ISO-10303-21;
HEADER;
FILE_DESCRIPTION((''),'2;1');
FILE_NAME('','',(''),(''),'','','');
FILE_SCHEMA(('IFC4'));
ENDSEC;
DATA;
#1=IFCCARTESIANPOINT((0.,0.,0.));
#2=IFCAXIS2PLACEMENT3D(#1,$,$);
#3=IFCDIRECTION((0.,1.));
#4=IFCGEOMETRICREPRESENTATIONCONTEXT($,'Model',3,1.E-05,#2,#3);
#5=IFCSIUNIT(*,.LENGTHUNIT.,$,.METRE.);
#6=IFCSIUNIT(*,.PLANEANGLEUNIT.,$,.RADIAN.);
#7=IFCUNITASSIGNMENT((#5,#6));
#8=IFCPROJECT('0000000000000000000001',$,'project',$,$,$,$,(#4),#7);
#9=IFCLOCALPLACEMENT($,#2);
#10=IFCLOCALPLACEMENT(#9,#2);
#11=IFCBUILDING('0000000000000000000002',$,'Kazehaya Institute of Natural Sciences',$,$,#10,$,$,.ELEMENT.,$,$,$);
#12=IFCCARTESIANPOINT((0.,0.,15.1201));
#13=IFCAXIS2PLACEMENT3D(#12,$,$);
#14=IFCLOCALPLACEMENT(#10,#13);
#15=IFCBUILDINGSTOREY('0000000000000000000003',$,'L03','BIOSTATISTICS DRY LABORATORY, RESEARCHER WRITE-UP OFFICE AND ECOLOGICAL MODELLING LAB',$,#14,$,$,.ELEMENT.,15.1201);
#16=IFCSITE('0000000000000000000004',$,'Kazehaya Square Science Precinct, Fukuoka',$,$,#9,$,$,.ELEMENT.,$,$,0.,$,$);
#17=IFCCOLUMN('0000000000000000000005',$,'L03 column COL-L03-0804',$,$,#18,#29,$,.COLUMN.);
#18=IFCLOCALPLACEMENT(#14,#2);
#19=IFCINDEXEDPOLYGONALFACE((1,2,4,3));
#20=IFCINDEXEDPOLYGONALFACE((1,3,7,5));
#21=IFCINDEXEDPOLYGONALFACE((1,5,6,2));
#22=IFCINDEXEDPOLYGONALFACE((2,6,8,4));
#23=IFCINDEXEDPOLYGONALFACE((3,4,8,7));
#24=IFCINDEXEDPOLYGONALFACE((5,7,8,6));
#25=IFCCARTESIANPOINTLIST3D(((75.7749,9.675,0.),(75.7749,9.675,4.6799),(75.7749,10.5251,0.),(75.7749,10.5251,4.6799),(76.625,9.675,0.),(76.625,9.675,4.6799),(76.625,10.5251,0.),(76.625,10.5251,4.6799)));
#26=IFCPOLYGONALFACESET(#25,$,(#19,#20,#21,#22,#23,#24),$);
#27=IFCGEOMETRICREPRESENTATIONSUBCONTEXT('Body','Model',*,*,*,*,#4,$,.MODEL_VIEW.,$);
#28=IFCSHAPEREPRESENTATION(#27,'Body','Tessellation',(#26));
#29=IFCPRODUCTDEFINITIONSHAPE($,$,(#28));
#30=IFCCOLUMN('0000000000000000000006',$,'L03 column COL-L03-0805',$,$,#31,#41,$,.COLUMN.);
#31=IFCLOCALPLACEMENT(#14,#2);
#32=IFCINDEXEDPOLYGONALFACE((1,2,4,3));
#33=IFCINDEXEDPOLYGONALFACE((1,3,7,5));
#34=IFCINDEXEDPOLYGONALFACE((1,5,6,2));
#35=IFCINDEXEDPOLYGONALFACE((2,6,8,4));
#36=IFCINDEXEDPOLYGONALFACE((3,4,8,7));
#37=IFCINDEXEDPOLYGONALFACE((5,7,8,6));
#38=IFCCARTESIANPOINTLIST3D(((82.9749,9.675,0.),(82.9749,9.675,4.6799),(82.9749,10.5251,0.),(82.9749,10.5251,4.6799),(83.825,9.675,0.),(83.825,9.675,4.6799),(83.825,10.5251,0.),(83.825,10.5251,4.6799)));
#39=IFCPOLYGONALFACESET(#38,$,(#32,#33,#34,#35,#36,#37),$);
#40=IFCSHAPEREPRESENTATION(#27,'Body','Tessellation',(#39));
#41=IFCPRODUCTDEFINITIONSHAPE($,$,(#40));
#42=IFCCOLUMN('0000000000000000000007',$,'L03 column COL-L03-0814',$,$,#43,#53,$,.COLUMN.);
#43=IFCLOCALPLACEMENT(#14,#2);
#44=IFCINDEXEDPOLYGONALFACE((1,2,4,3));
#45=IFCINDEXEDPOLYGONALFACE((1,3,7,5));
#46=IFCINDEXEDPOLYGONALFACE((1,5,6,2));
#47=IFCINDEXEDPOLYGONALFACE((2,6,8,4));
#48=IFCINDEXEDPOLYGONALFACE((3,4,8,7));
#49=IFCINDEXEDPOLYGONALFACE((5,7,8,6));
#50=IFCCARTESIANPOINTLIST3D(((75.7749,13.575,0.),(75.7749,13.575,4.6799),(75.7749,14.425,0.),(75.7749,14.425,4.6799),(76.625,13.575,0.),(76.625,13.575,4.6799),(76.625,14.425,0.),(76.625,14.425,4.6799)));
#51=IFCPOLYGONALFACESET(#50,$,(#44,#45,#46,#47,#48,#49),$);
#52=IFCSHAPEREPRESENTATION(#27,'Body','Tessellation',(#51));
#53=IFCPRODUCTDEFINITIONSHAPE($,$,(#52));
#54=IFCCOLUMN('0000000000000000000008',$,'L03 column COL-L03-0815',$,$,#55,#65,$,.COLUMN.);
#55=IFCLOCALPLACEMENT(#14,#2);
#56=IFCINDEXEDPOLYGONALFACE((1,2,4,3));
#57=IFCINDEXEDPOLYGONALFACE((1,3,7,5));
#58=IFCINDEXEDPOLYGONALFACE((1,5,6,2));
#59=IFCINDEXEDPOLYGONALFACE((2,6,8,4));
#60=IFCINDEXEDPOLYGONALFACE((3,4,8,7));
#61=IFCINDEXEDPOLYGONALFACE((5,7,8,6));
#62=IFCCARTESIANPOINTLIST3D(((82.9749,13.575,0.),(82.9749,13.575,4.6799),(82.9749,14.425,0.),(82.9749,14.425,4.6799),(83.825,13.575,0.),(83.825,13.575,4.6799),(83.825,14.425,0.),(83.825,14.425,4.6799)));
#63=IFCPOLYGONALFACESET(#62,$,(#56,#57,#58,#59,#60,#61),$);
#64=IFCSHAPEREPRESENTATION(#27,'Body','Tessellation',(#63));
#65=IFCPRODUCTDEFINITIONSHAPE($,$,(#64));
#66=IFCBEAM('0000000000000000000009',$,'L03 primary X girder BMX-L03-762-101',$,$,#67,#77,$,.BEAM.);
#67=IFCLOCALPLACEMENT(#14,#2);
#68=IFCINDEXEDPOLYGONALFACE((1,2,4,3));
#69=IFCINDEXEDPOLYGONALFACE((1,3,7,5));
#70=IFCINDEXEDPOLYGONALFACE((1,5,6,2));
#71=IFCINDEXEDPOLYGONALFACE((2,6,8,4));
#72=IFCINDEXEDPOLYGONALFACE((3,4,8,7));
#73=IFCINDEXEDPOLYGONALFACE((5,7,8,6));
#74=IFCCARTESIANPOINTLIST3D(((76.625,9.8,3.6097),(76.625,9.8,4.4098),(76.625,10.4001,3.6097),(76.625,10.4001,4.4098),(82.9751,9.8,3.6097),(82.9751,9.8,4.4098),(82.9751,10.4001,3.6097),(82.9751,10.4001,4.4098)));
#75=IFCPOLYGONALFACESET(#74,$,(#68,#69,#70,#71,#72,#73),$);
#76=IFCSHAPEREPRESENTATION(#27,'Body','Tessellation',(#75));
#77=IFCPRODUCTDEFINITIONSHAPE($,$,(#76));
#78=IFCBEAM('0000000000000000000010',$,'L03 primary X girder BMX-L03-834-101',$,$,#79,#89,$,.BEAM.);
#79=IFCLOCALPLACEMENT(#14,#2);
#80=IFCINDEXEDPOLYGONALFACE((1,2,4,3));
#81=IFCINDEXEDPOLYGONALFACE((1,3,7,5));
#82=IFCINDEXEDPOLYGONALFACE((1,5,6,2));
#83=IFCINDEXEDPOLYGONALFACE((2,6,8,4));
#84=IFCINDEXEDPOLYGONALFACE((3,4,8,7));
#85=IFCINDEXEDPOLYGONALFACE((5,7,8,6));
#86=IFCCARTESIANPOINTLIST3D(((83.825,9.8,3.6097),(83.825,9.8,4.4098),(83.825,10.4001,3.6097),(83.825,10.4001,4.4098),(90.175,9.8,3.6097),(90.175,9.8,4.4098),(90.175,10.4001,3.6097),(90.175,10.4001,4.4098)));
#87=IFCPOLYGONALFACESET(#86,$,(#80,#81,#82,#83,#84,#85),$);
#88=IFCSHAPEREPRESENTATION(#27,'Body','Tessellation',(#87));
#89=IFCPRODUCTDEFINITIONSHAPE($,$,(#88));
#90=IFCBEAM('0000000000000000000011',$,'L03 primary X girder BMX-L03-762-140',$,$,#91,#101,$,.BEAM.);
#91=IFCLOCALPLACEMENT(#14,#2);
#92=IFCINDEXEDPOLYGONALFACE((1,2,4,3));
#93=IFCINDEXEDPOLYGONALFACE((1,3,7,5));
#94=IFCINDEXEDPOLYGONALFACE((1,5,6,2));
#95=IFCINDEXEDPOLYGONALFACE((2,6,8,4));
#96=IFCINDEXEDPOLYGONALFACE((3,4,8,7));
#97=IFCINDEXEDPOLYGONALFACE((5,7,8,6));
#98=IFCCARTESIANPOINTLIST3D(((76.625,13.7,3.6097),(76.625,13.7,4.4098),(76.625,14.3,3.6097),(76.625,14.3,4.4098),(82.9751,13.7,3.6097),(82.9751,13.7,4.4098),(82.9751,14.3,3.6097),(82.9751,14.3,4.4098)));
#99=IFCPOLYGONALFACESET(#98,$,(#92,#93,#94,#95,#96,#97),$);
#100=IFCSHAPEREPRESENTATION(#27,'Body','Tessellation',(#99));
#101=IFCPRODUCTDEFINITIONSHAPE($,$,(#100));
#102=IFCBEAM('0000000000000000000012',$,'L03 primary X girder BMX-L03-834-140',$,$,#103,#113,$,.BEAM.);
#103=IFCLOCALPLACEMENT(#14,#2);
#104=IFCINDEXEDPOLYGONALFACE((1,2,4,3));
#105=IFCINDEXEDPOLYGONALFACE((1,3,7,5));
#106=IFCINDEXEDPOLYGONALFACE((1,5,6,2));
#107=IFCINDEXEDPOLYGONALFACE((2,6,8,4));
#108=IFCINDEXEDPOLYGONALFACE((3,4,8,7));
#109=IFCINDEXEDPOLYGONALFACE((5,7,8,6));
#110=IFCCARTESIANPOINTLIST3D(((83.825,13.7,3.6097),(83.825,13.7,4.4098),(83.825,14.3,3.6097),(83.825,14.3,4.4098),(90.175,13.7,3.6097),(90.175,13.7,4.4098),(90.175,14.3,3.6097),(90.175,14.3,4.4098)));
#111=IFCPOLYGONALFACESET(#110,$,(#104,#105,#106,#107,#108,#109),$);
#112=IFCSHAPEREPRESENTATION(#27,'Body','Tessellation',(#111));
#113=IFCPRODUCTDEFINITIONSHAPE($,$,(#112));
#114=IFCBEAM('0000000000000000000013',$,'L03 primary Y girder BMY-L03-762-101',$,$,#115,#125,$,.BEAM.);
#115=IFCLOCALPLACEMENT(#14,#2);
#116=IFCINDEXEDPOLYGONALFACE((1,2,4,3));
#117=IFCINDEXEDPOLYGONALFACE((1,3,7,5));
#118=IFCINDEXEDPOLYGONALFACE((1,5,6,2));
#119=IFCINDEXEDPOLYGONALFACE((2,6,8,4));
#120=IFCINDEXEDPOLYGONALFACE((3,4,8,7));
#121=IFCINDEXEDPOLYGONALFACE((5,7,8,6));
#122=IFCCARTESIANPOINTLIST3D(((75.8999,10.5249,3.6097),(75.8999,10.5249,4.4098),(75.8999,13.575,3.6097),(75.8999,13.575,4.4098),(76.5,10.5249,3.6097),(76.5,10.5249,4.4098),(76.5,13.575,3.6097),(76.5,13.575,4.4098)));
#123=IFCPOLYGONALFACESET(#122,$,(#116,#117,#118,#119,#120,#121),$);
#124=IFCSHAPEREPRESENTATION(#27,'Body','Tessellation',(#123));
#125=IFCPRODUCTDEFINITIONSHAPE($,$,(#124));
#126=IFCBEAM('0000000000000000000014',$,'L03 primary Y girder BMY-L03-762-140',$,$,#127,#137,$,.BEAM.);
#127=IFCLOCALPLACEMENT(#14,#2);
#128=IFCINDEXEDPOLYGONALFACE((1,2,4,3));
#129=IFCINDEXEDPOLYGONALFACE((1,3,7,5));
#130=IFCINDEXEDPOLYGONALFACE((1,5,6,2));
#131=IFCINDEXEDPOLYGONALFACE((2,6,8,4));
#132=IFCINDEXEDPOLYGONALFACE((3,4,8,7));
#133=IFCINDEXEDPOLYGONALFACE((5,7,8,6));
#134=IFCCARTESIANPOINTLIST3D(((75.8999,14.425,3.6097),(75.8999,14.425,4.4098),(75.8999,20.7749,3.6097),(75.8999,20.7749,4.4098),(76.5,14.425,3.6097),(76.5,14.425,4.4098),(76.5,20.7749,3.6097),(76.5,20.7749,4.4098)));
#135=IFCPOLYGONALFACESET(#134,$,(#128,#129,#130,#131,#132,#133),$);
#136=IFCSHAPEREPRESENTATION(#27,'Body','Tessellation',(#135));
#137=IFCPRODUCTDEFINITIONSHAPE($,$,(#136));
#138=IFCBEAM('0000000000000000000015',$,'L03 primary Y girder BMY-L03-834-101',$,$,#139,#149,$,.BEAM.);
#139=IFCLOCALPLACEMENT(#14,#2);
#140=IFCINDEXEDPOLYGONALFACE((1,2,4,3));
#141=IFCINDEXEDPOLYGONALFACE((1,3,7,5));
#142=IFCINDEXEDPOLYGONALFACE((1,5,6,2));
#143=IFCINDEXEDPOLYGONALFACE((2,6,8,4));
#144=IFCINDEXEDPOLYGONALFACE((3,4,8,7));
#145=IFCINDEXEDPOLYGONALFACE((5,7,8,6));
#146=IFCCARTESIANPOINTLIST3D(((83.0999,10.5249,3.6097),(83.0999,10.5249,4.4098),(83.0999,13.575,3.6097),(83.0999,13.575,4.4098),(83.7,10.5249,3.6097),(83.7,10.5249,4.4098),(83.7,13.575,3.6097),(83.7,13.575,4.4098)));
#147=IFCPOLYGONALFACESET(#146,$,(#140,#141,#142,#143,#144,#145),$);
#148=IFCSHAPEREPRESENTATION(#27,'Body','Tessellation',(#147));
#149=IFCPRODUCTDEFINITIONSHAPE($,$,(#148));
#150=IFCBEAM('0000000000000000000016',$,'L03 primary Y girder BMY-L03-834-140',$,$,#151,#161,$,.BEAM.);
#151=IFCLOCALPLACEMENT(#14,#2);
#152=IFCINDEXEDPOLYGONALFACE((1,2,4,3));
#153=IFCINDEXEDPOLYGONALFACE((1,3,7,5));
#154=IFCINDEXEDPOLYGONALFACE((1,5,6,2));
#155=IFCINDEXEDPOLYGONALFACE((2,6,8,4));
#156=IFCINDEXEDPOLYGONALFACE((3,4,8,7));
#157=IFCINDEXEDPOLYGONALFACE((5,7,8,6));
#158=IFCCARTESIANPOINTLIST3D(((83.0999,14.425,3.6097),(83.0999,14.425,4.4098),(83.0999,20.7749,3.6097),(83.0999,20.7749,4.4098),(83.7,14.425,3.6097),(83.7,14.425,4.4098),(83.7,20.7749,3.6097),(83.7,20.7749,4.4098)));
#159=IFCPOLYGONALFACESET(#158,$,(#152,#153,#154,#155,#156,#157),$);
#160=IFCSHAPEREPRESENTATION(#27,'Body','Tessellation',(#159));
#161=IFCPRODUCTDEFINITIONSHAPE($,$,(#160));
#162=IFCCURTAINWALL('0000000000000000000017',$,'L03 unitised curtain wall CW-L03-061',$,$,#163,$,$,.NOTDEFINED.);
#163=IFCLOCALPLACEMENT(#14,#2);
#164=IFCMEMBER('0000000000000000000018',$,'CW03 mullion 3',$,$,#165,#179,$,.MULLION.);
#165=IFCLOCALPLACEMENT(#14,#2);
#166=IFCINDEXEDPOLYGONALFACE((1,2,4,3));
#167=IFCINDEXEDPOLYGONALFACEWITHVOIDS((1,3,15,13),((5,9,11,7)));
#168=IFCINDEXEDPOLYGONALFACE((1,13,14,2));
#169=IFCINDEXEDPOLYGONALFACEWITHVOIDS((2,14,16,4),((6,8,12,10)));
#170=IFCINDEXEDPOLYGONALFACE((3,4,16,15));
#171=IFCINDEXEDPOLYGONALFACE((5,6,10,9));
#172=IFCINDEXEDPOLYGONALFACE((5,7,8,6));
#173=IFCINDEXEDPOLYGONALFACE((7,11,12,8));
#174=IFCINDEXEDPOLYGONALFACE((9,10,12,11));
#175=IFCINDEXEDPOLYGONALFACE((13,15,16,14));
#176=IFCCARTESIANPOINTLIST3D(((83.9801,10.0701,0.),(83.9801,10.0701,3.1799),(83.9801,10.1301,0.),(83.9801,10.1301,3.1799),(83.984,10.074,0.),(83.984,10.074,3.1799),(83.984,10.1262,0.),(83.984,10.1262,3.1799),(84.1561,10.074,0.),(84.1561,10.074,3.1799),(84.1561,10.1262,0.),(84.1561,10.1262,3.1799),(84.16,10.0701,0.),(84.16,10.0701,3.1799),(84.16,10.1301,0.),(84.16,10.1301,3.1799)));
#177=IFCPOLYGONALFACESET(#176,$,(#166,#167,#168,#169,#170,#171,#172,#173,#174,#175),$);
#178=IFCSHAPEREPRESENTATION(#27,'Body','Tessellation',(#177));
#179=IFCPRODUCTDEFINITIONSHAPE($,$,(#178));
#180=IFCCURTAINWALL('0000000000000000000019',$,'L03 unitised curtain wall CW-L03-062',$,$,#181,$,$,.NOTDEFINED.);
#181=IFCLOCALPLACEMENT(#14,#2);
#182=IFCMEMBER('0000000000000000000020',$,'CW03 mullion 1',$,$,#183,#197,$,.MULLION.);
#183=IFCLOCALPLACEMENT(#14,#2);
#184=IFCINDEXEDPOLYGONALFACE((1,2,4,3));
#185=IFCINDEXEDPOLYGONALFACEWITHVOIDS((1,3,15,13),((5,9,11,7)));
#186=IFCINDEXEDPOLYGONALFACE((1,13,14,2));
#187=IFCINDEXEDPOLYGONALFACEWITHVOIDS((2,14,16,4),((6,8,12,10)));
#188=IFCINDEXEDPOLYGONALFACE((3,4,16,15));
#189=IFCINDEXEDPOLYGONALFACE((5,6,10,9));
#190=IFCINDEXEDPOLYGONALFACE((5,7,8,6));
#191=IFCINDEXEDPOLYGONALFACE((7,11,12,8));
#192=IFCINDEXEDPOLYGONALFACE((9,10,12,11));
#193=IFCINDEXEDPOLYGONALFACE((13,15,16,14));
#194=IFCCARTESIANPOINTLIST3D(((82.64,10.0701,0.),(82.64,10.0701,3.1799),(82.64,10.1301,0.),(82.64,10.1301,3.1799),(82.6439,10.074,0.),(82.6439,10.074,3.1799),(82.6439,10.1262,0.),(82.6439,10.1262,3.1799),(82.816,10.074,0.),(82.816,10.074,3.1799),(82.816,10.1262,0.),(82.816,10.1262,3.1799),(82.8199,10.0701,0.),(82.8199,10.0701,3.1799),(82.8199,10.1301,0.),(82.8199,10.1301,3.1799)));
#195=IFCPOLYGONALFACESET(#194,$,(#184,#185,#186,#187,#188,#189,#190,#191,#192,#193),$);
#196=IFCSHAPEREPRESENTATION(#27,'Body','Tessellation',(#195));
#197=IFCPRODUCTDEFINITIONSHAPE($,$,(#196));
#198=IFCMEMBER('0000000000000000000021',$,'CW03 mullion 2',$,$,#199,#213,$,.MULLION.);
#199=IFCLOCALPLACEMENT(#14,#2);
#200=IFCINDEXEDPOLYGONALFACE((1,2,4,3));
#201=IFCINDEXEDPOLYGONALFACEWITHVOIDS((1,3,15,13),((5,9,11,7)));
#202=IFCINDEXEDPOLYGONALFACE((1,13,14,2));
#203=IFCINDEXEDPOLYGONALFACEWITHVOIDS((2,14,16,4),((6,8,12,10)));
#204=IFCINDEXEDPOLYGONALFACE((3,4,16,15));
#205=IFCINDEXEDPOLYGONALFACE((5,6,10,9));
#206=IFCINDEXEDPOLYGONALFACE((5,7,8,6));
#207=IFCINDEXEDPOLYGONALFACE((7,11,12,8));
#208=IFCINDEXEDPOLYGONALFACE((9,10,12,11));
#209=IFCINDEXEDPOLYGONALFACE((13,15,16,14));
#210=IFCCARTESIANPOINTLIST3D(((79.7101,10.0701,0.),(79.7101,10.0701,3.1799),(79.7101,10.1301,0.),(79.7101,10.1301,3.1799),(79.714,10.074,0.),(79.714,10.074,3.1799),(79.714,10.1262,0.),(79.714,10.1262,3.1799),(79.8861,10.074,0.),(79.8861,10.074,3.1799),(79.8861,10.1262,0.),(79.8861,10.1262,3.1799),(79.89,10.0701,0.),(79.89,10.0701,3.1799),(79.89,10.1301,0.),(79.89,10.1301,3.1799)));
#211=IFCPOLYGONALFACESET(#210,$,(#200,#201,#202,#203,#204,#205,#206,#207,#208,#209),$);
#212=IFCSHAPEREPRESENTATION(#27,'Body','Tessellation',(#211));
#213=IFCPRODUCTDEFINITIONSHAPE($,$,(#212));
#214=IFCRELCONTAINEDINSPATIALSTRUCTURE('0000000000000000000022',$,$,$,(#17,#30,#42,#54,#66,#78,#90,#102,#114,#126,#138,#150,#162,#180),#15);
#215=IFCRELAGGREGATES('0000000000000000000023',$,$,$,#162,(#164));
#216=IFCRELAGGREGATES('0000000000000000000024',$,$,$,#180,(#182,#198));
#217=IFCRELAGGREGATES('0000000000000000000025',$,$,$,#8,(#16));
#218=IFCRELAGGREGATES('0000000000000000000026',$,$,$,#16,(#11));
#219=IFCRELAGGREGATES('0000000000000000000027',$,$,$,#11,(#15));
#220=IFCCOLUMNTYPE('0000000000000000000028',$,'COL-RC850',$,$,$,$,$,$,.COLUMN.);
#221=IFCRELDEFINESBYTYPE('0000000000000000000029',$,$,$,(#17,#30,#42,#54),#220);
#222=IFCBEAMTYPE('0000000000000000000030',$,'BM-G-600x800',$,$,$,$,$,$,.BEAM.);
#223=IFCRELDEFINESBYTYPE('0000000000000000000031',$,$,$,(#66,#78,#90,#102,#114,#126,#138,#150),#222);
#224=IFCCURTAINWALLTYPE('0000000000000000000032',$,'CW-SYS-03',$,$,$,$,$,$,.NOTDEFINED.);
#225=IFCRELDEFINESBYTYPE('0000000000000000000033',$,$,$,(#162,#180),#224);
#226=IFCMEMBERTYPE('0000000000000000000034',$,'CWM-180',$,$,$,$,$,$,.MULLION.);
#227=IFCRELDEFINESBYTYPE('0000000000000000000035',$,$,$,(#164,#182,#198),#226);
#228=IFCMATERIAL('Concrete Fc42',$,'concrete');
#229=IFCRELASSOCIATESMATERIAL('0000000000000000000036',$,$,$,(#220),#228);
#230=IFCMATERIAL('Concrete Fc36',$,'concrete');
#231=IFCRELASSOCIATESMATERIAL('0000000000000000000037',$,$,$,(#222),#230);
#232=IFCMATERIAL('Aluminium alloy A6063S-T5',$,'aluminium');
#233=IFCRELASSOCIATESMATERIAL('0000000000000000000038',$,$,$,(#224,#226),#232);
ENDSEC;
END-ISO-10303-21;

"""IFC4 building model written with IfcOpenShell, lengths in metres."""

from ifc_helpers import new_model, si_unit, direction, frame, origin, origin_2d, place, context, subcontext, project, spatial, rectangle, hollow_rectangle, extrude, material, material_profile, profile_set, type_object, element, aggregate, save


model = new_model("IFC4")

# Units and contexts
model_context = context("Model", 3, precision=1e-05, world=origin(), true_north=direction((0.0, 1.0)))
body_context = subcontext(model_context, "Body", "Model", "MODEL_VIEW")
ifc_project = project(units=[si_unit("LENGTHUNIT", "METRE"), si_unit("PLANEANGLEUNIT", "RADIAN")], contexts=[model_context])

# Site, building, storey
site_placement = place(None, origin())
site = spatial("IfcSite", under=ifc_project, at=site_placement, Name="Kazehaya Square Science Precinct, Fukuoka", CompositionType="ELEMENT", RefElevation=0.0)
building_placement = place(site_placement, origin())
building = spatial("IfcBuilding", under=site, at=building_placement, Name="Kazehaya Institute of Natural Sciences", CompositionType="ELEMENT")
storey_placement = place(building_placement, frame((0.0, 0.0, 15.1201)))
storey = spatial("IfcBuildingStorey", under=building, at=storey_placement, Name="L03", Description="BIOSTATISTICS DRY LABORATORY, RESEARCHER WRITE-UP OFFICE AND ECOLOGICAL MODELLING LAB", CompositionType="ELEMENT", Elevation=15.1201)

# Columns
ifc_material_1 = material(Name="Concrete Fc42", Category="concrete")
ifc_material_profile_1 = material_profile(ifc_material_1, rectangle(XDim=0.8501, YDim=0.8501, at=origin_2d()), Name="RC-850x850")
ifc_profile_set_1 = profile_set([ifc_material_profile_1], Name="Concrete Fc42")
column_type = type_object("IfcColumnType", Name="COL-RC850", PredefinedType="COLUMN", material=ifc_profile_set_1)
for number, where, z_axis, x_axis, name in (
    (1, (76.2, 10.1001, 0.0), (0.0, 0.0, 1.0), (1.0, 0.0, 0.0), "L03 column COL-L03-0804"),
    (2, (83.3999, 10.1001, 0.0), (0.0, 0.0, 1.0), (1.0, 0.0, 0.0), "L03 column COL-L03-0805"),
    (3, (76.2, 14.0, 0.0), (0.0, 0.0, 1.0), (1.0, 0.0, 0.0), "L03 column COL-L03-0814"),
    (4, (83.3999, 14.0, 0.0), (0.0, 0.0, 1.0), (1.0, 0.0, 0.0), "L03 column COL-L03-0815"),
):
    element("IfcColumn", number, at=place(storey_placement, frame(where, z_axis=z_axis, x_axis=x_axis)), inside=storey, type_object=column_type, Name=name, PredefinedType="COLUMN", context=body_context, shape_type="SweptSolid", body=[
        extrude(rectangle(XDim=0.8501, YDim=0.8501, at=origin_2d()), origin(), (0.0, 0.0, 1.0), 4.6799),
    ])

# Beams
ifc_material_2 = material(Name="Concrete Fc36", Category="concrete")
ifc_material_profile_2 = material_profile(ifc_material_2, rectangle(XDim=0.6001, YDim=0.8, at=origin_2d()), Name="RC-600x800")
ifc_profile_set_2 = profile_set([ifc_material_profile_2], Name="Concrete Fc36")
beam_type = type_object("IfcBeamType", Name="BM-G-600x800", PredefinedType="BEAM", material=ifc_profile_set_2)
for number, where, z_axis, x_axis, name in (
    (5, (76.625, 10.1001, 4.0098), (1.0, 0.0, 0.0), (0.0, 1.0, 0.0), "L03 primary X girder BMX-L03-762-101"),
    (6, (83.825, 10.1001, 4.0098), (1.0, 0.0, 0.0), (0.0, 1.0, 0.0), "L03 primary X girder BMX-L03-834-101"),
    (7, (76.625, 14.0, 4.0098), (1.0, 0.0, 0.0), (0.0, 1.0, 0.0), "L03 primary X girder BMX-L03-762-140"),
    (8, (83.825, 14.0, 4.0098), (1.0, 0.0, 0.0), (0.0, 1.0, 0.0), "L03 primary X girder BMX-L03-834-140"),
):
    element("IfcBeam", number, at=place(storey_placement, frame(where, z_axis=z_axis, x_axis=x_axis)), inside=storey, type_object=beam_type, Name=name, PredefinedType="BEAM", context=body_context, shape_type="SweptSolid", body=[
        extrude(rectangle(XDim=0.6001, YDim=0.8, at=origin_2d()), origin(), (0.0, 0.0, 1.0), 6.3501),
    ])
beam_1_placement = place(storey_placement, frame((76.2, 10.5249, 4.0098), z_axis=(0.0, 1.0, 0.0), x_axis=(-1.0, 0.0, 0.0)))
element("IfcBeam", 9, at=beam_1_placement, inside=storey, type_object=beam_type, Name="L03 primary Y girder BMY-L03-762-101", PredefinedType="BEAM", context=body_context, shape_type="SweptSolid", body=[
    extrude(rectangle(XDim=0.6001, YDim=0.8, at=origin_2d()), origin(), (0.0, 0.0, 1.0), 3.05),
])
beam_2_placement = place(storey_placement, frame((76.2, 14.425, 4.0098), z_axis=(0.0, 1.0, 0.0), x_axis=(-1.0, 0.0, 0.0)))
element("IfcBeam", 10, at=beam_2_placement, inside=storey, type_object=beam_type, Name="L03 primary Y girder BMY-L03-762-140", PredefinedType="BEAM", context=body_context, shape_type="SweptSolid", body=[
    extrude(rectangle(XDim=0.6001, YDim=0.8, at=origin_2d()), origin(), (0.0, 0.0, 1.0), 6.3499),
])
beam_3_placement = place(storey_placement, frame((83.3999, 10.5249, 4.0098), z_axis=(0.0, 1.0, 0.0), x_axis=(-1.0, 0.0, 0.0)))
element("IfcBeam", 11, at=beam_3_placement, inside=storey, type_object=beam_type, Name="L03 primary Y girder BMY-L03-834-101", PredefinedType="BEAM", context=body_context, shape_type="SweptSolid", body=[
    extrude(rectangle(XDim=0.6001, YDim=0.8, at=origin_2d()), origin(), (0.0, 0.0, 1.0), 3.05),
])
beam_4_placement = place(storey_placement, frame((83.3999, 14.425, 4.0098), z_axis=(0.0, 1.0, 0.0), x_axis=(-1.0, 0.0, 0.0)))
element("IfcBeam", 12, at=beam_4_placement, inside=storey, type_object=beam_type, Name="L03 primary Y girder BMY-L03-834-140", PredefinedType="BEAM", context=body_context, shape_type="SweptSolid", body=[
    extrude(rectangle(XDim=0.6001, YDim=0.8, at=origin_2d()), origin(), (0.0, 0.0, 1.0), 6.3499),
])

# Curtain wall, member
ifc_material_3 = material(Name="Aluminium alloy A6063S-T5", Category="aluminium")
curtain_wall_type = type_object("IfcCurtainWallType", Name="CW-SYS-03", PredefinedType="NOTDEFINED", material=ifc_material_3)
curtain_wall_1_placement = place(storey_placement, origin())
curtain_wall_1 = element("IfcCurtainWall", 13, at=curtain_wall_1_placement, inside=storey, type_object=curtain_wall_type, Name="L03 unitised curtain wall CW-L03-061", PredefinedType="NOTDEFINED")
ifc_material_profile_3 = material_profile(ifc_material_3, hollow_rectangle(XDim=0.0601, YDim=0.1799, WallThickness=0.0039, at=origin_2d()), Name="ALU-60x180x4")
ifc_profile_set_3 = profile_set([ifc_material_profile_3], Name="Aluminium alloy A6063S-T5")
member_type_1 = type_object("IfcMemberType", Name="CWM-180", PredefinedType="MULLION", material=ifc_profile_set_3)
member_1_placement = place(storey_placement, frame((84.0701, 10.1001, 0.0), z_axis=(0.0, 0.0, 1.0), x_axis=(0.0, -1.0, 0.0)))
member_1 = element("IfcMember", 14, at=member_1_placement, type_object=member_type_1, Name="CW03 mullion 3", PredefinedType="MULLION", context=body_context, shape_type="SweptSolid", body=[
    extrude(hollow_rectangle(XDim=0.0601, YDim=0.1799, WallThickness=0.0039, at=origin_2d()), origin(), (0.0, 0.0, 1.0), 3.1799),
])
aggregate(curtain_wall_1, [member_1])

# Curtain wall, members
curtain_wall_2_placement = place(storey_placement, origin())
curtain_wall_2 = element("IfcCurtainWall", 15, at=curtain_wall_2_placement, inside=storey, type_object=curtain_wall_type, Name="L03 unitised curtain wall CW-L03-062", PredefinedType="NOTDEFINED")
member_2_placement = place(storey_placement, frame((82.73, 10.1001, 0.0), z_axis=(0.0, 0.0, 1.0), x_axis=(0.0, -1.0, 0.0)))
member_2 = element("IfcMember", 16, at=member_2_placement, type_object=member_type_1, Name="CW03 mullion 1", PredefinedType="MULLION", context=body_context, shape_type="SweptSolid", body=[
    extrude(hollow_rectangle(XDim=0.0601, YDim=0.1799, WallThickness=0.0039, at=origin_2d()), origin(), (0.0, 0.0, 1.0), 3.1799),
])
member_3_placement = place(storey_placement, frame((79.8, 10.1001, 0.0), z_axis=(0.0, 0.0, 1.0), x_axis=(0.0, -1.0, 0.0)))
member_3 = element("IfcMember", 17, at=member_3_placement, type_object=member_type_1, Name="CW03 mullion 2", PredefinedType="MULLION", context=body_context, shape_type="SweptSolid", body=[
    extrude(hollow_rectangle(XDim=0.0601, YDim=0.1799, WallThickness=0.0039, at=origin_2d()), origin(), (0.0, 0.0, 1.0), 3.1799),
])
aggregate(curtain_wall_2, [member_2, member_3])

save(model, "model.ifc")
